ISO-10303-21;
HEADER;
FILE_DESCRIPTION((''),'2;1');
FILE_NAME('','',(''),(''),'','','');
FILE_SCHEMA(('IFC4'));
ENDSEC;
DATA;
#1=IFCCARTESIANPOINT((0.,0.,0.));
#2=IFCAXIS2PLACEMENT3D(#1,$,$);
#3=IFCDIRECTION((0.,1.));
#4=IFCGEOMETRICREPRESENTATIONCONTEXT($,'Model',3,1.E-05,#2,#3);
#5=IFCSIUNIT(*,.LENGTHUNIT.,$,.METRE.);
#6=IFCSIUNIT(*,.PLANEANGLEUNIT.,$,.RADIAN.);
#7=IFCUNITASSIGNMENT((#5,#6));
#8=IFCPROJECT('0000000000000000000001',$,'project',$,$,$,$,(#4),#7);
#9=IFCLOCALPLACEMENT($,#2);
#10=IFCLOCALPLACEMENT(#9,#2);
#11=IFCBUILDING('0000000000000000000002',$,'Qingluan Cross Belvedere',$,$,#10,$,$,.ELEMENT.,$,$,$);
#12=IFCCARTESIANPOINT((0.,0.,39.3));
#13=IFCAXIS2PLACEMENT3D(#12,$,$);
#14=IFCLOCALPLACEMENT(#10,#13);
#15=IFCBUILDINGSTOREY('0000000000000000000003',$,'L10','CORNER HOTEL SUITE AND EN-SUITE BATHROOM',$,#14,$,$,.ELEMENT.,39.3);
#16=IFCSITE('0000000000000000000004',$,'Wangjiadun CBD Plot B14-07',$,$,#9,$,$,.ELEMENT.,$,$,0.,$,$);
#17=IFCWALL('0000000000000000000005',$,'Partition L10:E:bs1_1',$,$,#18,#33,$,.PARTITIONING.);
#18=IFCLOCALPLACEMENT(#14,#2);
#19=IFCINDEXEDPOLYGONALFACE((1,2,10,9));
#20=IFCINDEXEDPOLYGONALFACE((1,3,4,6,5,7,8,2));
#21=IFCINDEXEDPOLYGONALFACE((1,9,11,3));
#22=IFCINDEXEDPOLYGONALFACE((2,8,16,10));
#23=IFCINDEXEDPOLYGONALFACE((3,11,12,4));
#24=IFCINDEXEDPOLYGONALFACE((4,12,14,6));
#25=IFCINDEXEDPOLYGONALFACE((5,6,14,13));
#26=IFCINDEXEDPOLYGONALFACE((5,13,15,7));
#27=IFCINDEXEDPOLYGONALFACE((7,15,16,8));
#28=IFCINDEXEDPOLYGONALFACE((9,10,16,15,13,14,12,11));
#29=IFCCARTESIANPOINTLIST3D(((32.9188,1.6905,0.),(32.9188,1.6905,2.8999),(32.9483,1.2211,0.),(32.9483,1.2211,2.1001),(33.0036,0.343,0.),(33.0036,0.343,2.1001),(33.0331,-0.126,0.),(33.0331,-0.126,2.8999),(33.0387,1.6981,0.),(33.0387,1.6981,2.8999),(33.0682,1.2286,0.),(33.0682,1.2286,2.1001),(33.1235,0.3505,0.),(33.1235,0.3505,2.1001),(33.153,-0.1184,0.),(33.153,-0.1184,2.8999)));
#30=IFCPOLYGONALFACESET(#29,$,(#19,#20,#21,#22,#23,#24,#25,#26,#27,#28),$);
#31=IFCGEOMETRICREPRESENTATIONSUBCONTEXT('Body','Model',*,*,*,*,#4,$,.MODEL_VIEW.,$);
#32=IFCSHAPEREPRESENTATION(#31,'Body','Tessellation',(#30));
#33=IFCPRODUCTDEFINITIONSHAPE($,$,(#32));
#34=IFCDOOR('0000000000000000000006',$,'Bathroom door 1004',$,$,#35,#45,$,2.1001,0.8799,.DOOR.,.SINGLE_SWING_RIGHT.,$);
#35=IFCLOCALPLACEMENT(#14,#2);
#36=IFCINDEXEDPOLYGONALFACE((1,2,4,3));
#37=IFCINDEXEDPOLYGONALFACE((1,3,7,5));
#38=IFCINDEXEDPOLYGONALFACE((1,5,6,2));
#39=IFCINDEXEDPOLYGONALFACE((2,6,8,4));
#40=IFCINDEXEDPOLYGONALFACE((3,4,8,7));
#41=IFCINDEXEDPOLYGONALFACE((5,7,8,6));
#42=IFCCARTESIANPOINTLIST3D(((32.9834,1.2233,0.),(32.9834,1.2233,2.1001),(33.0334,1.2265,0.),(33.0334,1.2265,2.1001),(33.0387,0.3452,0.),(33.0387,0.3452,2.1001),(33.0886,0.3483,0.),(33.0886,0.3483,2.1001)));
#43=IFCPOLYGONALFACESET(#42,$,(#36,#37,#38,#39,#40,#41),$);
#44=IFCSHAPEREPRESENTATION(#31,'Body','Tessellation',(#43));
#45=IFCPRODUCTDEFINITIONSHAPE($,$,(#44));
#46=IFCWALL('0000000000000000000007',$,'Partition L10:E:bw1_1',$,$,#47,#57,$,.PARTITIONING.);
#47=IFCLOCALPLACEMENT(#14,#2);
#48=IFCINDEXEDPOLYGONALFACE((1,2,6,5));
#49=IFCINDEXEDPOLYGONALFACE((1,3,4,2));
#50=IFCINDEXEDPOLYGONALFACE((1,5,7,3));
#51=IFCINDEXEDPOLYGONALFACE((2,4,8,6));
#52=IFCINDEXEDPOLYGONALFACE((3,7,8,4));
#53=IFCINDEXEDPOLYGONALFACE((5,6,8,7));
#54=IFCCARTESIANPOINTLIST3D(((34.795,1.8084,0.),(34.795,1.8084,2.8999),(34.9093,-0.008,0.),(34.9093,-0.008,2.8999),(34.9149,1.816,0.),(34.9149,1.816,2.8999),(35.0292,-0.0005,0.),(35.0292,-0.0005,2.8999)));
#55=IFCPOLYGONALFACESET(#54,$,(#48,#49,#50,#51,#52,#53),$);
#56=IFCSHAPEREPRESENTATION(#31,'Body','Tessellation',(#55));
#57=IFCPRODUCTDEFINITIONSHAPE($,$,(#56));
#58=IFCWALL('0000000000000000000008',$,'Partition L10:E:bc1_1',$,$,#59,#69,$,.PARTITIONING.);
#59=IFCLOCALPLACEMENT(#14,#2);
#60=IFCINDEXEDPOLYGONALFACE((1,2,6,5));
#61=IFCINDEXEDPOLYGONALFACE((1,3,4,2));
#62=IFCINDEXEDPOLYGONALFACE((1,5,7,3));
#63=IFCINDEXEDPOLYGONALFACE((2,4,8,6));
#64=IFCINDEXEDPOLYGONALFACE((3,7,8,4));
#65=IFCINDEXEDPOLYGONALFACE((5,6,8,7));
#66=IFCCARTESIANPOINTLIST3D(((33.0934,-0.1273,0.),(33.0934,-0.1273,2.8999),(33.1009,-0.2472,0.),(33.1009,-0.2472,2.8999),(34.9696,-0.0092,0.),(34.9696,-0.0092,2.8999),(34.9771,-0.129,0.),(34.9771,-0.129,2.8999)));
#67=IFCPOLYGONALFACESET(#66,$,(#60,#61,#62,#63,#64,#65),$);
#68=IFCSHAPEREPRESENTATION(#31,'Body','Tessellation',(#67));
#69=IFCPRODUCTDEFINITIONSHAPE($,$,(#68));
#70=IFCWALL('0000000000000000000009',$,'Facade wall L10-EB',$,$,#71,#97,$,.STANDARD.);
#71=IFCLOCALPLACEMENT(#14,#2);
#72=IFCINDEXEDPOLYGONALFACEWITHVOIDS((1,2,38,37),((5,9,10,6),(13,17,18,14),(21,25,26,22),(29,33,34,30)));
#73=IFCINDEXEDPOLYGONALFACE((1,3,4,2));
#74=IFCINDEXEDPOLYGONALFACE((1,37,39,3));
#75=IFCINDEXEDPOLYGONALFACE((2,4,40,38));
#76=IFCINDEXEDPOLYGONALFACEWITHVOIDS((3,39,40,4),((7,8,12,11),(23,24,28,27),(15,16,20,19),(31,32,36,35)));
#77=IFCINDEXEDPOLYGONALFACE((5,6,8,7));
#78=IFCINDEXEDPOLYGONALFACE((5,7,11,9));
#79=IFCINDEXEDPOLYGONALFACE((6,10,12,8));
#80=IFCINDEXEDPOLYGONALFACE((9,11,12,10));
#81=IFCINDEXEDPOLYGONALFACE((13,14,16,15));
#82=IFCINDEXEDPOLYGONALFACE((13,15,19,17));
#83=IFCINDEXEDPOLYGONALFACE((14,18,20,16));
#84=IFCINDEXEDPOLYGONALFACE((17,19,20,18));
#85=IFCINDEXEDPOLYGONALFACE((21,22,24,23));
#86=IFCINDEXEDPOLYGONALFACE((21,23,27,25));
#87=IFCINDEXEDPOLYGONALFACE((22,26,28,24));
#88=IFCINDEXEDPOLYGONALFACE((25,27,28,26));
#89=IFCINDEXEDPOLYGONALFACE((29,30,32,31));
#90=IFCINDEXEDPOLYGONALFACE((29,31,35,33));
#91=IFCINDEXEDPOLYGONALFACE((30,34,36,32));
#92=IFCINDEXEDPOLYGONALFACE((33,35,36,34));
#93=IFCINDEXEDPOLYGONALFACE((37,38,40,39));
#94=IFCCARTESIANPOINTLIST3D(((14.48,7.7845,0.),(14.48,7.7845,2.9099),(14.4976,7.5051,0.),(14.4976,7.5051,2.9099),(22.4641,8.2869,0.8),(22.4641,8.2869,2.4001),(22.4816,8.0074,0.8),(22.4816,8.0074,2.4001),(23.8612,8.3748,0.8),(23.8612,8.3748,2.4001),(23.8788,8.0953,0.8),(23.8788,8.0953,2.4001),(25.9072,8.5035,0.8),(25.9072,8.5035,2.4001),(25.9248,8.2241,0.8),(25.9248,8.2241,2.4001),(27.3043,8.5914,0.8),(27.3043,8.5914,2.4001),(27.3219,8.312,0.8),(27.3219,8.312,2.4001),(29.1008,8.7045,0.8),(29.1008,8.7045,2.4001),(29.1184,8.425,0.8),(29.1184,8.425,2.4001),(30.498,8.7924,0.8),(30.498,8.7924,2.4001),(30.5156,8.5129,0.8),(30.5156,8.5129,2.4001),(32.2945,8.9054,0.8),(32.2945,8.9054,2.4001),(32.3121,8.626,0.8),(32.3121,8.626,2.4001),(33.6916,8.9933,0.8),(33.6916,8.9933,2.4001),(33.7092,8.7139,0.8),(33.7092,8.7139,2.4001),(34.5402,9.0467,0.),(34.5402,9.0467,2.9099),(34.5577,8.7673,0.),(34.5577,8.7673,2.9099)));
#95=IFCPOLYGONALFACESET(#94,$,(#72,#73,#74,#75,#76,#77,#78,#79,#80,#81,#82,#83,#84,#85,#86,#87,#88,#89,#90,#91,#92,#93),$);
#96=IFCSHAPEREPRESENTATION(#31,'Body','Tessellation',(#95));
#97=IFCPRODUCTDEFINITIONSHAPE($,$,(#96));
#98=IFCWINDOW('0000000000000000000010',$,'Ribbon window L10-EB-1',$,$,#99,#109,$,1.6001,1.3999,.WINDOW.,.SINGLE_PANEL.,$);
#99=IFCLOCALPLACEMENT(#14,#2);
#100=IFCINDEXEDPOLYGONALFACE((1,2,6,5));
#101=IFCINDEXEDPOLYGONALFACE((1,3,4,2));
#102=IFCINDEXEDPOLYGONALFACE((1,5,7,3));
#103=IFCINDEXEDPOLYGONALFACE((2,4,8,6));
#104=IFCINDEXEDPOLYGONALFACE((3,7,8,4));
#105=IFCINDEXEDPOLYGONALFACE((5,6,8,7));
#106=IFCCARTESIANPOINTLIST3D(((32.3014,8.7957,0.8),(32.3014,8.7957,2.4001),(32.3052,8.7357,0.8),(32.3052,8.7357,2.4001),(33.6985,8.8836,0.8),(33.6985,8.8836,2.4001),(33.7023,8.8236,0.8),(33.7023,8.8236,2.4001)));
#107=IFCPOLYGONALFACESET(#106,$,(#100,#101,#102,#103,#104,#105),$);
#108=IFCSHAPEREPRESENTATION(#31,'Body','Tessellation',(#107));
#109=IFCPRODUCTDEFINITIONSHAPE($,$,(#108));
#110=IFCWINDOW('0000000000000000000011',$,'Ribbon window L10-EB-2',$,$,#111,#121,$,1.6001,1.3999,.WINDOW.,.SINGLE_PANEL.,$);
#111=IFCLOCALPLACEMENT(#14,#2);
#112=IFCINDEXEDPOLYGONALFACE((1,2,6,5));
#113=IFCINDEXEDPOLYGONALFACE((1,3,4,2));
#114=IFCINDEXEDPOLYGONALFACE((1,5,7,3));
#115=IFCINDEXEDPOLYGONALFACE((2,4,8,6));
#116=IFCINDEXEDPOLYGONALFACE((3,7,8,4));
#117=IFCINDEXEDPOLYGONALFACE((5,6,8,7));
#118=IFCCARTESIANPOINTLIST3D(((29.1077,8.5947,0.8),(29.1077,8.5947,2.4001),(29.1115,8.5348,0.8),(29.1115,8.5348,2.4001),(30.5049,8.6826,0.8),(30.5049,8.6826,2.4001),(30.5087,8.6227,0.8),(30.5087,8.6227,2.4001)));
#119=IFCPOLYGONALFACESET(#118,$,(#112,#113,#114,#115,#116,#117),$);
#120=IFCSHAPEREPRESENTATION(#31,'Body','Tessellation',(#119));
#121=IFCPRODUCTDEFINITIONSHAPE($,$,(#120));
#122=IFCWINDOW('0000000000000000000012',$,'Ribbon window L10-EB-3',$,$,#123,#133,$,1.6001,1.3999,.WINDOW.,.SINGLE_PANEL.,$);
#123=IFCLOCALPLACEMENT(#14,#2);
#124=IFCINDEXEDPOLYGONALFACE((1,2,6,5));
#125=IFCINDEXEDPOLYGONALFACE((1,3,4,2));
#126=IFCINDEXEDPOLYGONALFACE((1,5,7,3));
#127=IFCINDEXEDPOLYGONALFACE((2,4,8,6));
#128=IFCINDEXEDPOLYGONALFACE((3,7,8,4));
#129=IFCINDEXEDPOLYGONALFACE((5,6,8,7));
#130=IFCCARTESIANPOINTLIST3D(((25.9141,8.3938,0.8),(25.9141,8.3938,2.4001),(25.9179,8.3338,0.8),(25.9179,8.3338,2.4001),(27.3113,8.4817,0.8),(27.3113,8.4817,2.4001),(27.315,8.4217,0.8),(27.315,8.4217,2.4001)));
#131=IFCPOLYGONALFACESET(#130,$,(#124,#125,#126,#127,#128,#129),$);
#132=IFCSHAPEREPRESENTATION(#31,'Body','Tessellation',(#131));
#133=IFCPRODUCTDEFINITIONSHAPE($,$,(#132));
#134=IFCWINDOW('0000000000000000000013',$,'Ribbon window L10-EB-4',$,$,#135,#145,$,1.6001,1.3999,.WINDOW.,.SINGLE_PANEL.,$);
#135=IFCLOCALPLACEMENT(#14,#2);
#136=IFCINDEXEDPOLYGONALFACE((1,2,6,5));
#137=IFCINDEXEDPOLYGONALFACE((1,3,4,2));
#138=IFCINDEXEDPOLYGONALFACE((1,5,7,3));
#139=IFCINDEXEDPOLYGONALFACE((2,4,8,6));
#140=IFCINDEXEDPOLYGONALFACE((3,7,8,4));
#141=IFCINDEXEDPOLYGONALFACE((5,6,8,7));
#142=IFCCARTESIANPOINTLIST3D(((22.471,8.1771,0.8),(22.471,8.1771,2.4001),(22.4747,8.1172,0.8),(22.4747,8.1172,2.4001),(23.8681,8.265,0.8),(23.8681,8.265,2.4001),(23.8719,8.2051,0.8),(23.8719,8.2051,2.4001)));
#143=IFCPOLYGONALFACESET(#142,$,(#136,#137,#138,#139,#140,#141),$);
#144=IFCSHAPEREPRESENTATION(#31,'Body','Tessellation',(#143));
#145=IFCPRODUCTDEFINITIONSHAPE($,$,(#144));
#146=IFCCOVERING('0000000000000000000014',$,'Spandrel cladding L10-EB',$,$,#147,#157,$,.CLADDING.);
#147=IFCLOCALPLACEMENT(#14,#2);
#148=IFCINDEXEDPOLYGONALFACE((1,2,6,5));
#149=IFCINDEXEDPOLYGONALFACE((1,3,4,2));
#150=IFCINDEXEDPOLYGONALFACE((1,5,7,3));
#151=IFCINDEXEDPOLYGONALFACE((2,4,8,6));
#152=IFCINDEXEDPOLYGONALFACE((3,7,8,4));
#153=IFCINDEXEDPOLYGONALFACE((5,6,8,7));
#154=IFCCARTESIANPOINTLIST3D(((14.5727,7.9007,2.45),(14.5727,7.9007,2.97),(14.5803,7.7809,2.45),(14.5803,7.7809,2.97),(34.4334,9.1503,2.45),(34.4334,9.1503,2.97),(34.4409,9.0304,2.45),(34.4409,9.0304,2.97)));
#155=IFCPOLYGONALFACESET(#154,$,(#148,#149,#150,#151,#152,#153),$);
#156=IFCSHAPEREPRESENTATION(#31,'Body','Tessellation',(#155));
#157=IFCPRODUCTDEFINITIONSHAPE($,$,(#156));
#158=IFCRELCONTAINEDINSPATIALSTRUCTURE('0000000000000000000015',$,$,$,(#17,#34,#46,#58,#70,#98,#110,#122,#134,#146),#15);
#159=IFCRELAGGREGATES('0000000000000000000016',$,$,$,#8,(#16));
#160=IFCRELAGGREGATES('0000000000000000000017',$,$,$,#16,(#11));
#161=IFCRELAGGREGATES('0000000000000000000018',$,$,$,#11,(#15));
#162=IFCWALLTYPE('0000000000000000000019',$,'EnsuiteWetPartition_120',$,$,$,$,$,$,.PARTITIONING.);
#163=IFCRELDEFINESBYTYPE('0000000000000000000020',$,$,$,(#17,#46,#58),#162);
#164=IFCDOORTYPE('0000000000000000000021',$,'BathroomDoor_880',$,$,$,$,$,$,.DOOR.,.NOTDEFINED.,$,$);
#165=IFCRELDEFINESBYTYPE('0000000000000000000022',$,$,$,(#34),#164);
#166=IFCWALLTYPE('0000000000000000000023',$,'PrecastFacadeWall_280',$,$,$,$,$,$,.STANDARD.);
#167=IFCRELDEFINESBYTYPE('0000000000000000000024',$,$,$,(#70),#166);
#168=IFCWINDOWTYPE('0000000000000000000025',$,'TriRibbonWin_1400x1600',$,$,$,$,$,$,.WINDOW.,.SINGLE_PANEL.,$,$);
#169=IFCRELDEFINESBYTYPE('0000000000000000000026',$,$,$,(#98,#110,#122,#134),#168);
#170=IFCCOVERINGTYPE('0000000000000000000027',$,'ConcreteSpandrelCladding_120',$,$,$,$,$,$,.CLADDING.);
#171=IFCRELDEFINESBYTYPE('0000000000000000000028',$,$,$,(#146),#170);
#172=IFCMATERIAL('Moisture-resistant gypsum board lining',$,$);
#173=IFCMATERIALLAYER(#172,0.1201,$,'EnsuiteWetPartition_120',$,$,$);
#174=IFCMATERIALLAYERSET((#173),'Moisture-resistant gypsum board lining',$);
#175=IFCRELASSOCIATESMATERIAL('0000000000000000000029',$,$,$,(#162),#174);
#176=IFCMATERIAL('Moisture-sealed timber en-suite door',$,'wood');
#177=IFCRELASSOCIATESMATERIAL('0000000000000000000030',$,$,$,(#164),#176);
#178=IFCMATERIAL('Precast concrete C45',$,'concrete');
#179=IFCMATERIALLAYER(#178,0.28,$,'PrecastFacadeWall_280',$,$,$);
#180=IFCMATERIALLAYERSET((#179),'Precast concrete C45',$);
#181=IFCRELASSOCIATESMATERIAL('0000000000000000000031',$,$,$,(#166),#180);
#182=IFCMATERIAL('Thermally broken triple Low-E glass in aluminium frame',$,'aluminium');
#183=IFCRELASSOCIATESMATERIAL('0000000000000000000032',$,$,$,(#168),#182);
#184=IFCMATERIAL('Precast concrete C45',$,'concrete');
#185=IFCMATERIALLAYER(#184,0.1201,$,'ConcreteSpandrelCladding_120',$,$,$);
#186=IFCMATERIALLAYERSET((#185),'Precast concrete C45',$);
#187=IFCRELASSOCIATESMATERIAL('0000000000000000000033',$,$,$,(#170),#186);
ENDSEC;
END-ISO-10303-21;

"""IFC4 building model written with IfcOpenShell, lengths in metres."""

from ifc_helpers import new_model, si_unit, direction, frame, frame_2d, origin, origin_2d, place, context, subcontext, project, spatial, rectangle, extrude, material, layer, layer_set, type_object, element, fill, save


model = new_model("IFC4")

# Units and contexts
model_context = context("Model", 3, precision=1e-05, world=origin(), true_north=direction((0.0, 1.0)))
body_context = subcontext(model_context, "Body", "Model", "MODEL_VIEW")
ifc_project = project(units=[si_unit("LENGTHUNIT", "METRE"), si_unit("PLANEANGLEUNIT", "RADIAN")], contexts=[model_context])

# Site, building, storey
site_placement = place(None, origin())
site = spatial("IfcSite", under=ifc_project, at=site_placement, Name="Wangjiadun CBD Plot B14-07", CompositionType="ELEMENT", RefElevation=0.0)
building_placement = place(site_placement, origin())
building = spatial("IfcBuilding", under=site, at=building_placement, Name="Qingluan Cross Belvedere", CompositionType="ELEMENT")
storey_placement = place(building_placement, frame((0.0, 0.0, 39.3)))
storey = spatial("IfcBuildingStorey", under=building, at=storey_placement, Name="L10", Description="CORNER HOTEL SUITE AND EN-SUITE BATHROOM", CompositionType="ELEMENT", Elevation=39.3)

# Shared definitions
ifc_material_1 = material(Name="Moisture-resistant gypsum board lining")
ifc_layer_1 = layer(ifc_material_1, 0.1201, Name="EnsuiteWetPartition_120")
ifc_layer_set_1 = layer_set([ifc_layer_1], Name="Moisture-resistant gypsum board lining")
wall_type_1 = type_object("IfcWallType", Name="EnsuiteWetPartition_120", PredefinedType="PARTITIONING", material=ifc_layer_set_1)
ifc_material_2 = material(Name="Moisture-sealed timber en-suite door", Category="wood")
door_type = type_object("IfcDoorType", Name="BathroomDoor_880", OperationType="NOTDEFINED", PredefinedType="DOOR", material=ifc_material_2)

# Wall, opening, door
wall_1_placement = place(storey_placement, frame((33.093, -0.1223, 0.0), z_axis=(0.0, 0.0, 1.0), x_axis=(-0.062779, 0.998027, 0.0)))
wall_1 = element("IfcWall", 1, at=wall_1_placement, inside=storey, type_object=wall_type_1, Name="Partition L10:E:bs1_1", PredefinedType="PARTITIONING", context=body_context, shape_type="SweptSolid", body=[
    extrude(rectangle(XDim=1.8201, YDim=0.1201, at=frame_2d((0.9102, 0.0))), origin(), (0.0, 0.0, 1.0), 2.8999),
])
opening_1_placement = place(wall_1_placement, frame((0.47, 0.0, 0.0)))
opening_1 = element("IfcOpeningElement", 2, at=opening_1_placement, cuts=wall_1, PredefinedType="OPENING", context=body_context, shape_type="SweptSolid", body=[
    extrude(rectangle(XDim=0.8799, YDim=2.1001, at=frame_2d((0.4399, 1.05))), frame((0.0, 0.0701, 0.0), z_axis=(0.0, -1.0, 0.0), x_axis=(1.0, 0.0, 0.0)), (0.0, 0.0, 1.0), 0.1401),
])
door_1_placement = place(opening_1_placement, origin())
door_1 = element("IfcDoor", 3, at=door_1_placement, inside=storey, type_object=door_type, Name="Bathroom door 1004", OperationType="SINGLE_SWING_RIGHT", OverallHeight=2.1001, OverallWidth=0.8799, PredefinedType="DOOR", context=body_context, shape_type="SweptSolid", body=[
    extrude(rectangle(XDim=0.8799, YDim=2.1001, at=frame_2d((0.4399, 1.05))), frame((0.0, 0.0249, 0.0), z_axis=(0.0, -1.0, 0.0), x_axis=(1.0, 0.0, 0.0)), (0.0, 0.0, 1.0), 0.05),
])
fill(opening_1, door_1)

# Walls
wall_2_placement = place(storey_placement, frame((34.9692, -0.0044, 0.0), z_axis=(0.0, 0.0, 1.0), x_axis=(-0.062779, 0.998027, 0.0)))
element("IfcWall", 4, at=wall_2_placement, inside=storey, type_object=wall_type_1, Name="Partition L10:E:bw1_1", PredefinedType="PARTITIONING", context=body_context, shape_type="SweptSolid", body=[
    extrude(rectangle(XDim=1.8201, YDim=0.1201, at=frame_2d((0.9102, 0.0))), origin(), (0.0, 0.0, 1.0), 2.8999),
])
wall_3_placement = place(storey_placement, frame((33.0972, -0.1873, 0.0), z_axis=(0.0, 0.0, 1.0), x_axis=(0.998023, 0.062855, 0.0)))
element("IfcWall", 5, at=wall_3_placement, inside=storey, type_object=wall_type_1, Name="Partition L10:E:bc1_1", PredefinedType="PARTITIONING", context=body_context, shape_type="SweptSolid", body=[
    extrude(rectangle(XDim=1.8799, YDim=0.1201, at=frame_2d((0.9399, 0.0))), origin(), (0.0, 0.0, 1.0), 2.8999),
])

# Wall, openings, windows
ifc_material_3 = material(Name="Precast concrete C45", Category="concrete")
ifc_layer_2 = layer(ifc_material_3, 0.28, Name="PrecastFacadeWall_280")
ifc_layer_set_2 = layer_set([ifc_layer_2], Name="Precast concrete C45")
wall_type_2 = type_object("IfcWallType", Name="PrecastFacadeWall_280", PredefinedType="STANDARD", material=ifc_layer_set_2)
wall_4_placement = place(storey_placement, frame((34.5488, 8.907, 0.0), z_axis=(0.0, 0.0, 1.0), x_axis=(-0.998026, -0.062796, 0.0)))
wall_4 = element("IfcWall", 6, at=wall_4_placement, inside=storey, type_object=wall_type_2, Name="Facade wall L10-EB", PredefinedType="STANDARD", context=body_context, shape_type="SweptSolid", body=[
    extrude(rectangle(XDim=20.0999, YDim=0.28, at=frame_2d((10.0498, 0.0))), origin(), (0.0, 0.0, 1.0), 2.9099),
])
opening_2_placement = place(wall_4_placement, frame((0.8501, 0.0, 0.8)))
opening_2 = element("IfcOpeningElement", 7, at=opening_2_placement, cuts=wall_4, PredefinedType="OPENING", context=body_context, shape_type="SweptSolid", body=[
    extrude(rectangle(XDim=1.3999, YDim=1.6001, at=frame_2d((0.7, 0.8))), frame((0.0, 0.1499, 0.0), z_axis=(0.0, -1.0, 0.0), x_axis=(1.0, 0.0, 0.0)), (0.0, 0.0, 1.0), 0.3),
])
opening_3_placement = place(wall_4_placement, frame((4.05, 0.0, 0.8)))
opening_3 = element("IfcOpeningElement", 8, at=opening_3_placement, cuts=wall_4, PredefinedType="OPENING", context=body_context, shape_type="SweptSolid", body=[
    extrude(rectangle(XDim=1.3999, YDim=1.6001, at=frame_2d((0.7, 0.8))), frame((0.0, 0.1499, 0.0), z_axis=(0.0, -1.0, 0.0), x_axis=(1.0, 0.0, 0.0)), (0.0, 0.0, 1.0), 0.3),
])
opening_4_placement = place(wall_4_placement, frame((7.25, 0.0, 0.8)))
opening_4 = element("IfcOpeningElement", 9, at=opening_4_placement, cuts=wall_4, PredefinedType="OPENING", context=body_context, shape_type="SweptSolid", body=[
    extrude(rectangle(XDim=1.3999, YDim=1.6001, at=frame_2d((0.7, 0.8))), frame((0.0, 0.1499, 0.0), z_axis=(0.0, -1.0, 0.0), x_axis=(1.0, 0.0, 0.0)), (0.0, 0.0, 1.0), 0.3),
])
opening_5_placement = place(wall_4_placement, frame((10.7, 0.0, 0.8)))
opening_5 = element("IfcOpeningElement", 10, at=opening_5_placement, cuts=wall_4, PredefinedType="OPENING", context=body_context, shape_type="SweptSolid", body=[
    extrude(rectangle(XDim=1.3999, YDim=1.6001, at=frame_2d((0.7, 0.8))), frame((0.0, 0.1499, 0.0), z_axis=(0.0, -1.0, 0.0), x_axis=(1.0, 0.0, 0.0)), (0.0, 0.0, 1.0), 0.3),
])
ifc_material_4 = material(Name="Thermally broken triple Low-E glass in aluminium frame", Category="aluminium")
window_type = type_object("IfcWindowType", Name="TriRibbonWin_1400x1600", PartitioningType="SINGLE_PANEL", PredefinedType="WINDOW", material=ifc_material_4)
window_1_placement = place(opening_2_placement, origin())
window_1 = element("IfcWindow", 11, at=window_1_placement, inside=storey, type_object=window_type, Name="Ribbon window L10-EB-1", OverallHeight=1.6001, OverallWidth=1.3999, PartitioningType="SINGLE_PANEL", PredefinedType="WINDOW", context=body_context, shape_type="SweptSolid", body=[
    extrude(rectangle(XDim=1.3999, YDim=1.6001, at=frame_2d((0.7, 0.8))), frame((0.0, 0.03, 0.0), z_axis=(0.0, -1.0, 0.0), x_axis=(1.0, 0.0, 0.0)), (0.0, 0.0, 1.0), 0.0601),
])
fill(opening_2, window_1)
window_2_placement = place(opening_3_placement, origin())
window_2 = element("IfcWindow", 12, at=window_2_placement, inside=storey, type_object=window_type, Name="Ribbon window L10-EB-2", OverallHeight=1.6001, OverallWidth=1.3999, PartitioningType="SINGLE_PANEL", PredefinedType="WINDOW", context=body_context, shape_type="SweptSolid", body=[
    extrude(rectangle(XDim=1.3999, YDim=1.6001, at=frame_2d((0.7, 0.8))), frame((0.0, 0.03, 0.0), z_axis=(0.0, -1.0, 0.0), x_axis=(1.0, 0.0, 0.0)), (0.0, 0.0, 1.0), 0.0601),
])
fill(opening_3, window_2)
window_3_placement = place(opening_4_placement, origin())
window_3 = element("IfcWindow", 13, at=window_3_placement, inside=storey, type_object=window_type, Name="Ribbon window L10-EB-3", OverallHeight=1.6001, OverallWidth=1.3999, PartitioningType="SINGLE_PANEL", PredefinedType="WINDOW", context=body_context, shape_type="SweptSolid", body=[
    extrude(rectangle(XDim=1.3999, YDim=1.6001, at=frame_2d((0.7, 0.8))), frame((0.0, 0.03, 0.0), z_axis=(0.0, -1.0, 0.0), x_axis=(1.0, 0.0, 0.0)), (0.0, 0.0, 1.0), 0.0601),
])
fill(opening_4, window_3)
window_4_placement = place(opening_5_placement, origin())
window_4 = element("IfcWindow", 14, at=window_4_placement, inside=storey, type_object=window_type, Name="Ribbon window L10-EB-4", OverallHeight=1.6001, OverallWidth=1.3999, PartitioningType="SINGLE_PANEL", PredefinedType="WINDOW", context=body_context, shape_type="SweptSolid", body=[
    extrude(rectangle(XDim=1.3999, YDim=1.6001, at=frame_2d((0.7, 0.8))), frame((0.0, 0.03, 0.0), z_axis=(0.0, -1.0, 0.0), x_axis=(1.0, 0.0, 0.0)), (0.0, 0.0, 1.0), 0.0601),
])
fill(opening_5, window_4)

# Covering
ifc_material_5 = material(Name="Precast concrete C45", Category="concrete")
ifc_layer_3 = layer(ifc_material_5, 0.1201, Name="ConcreteSpandrelCladding_120")
ifc_layer_set_3 = layer_set([ifc_layer_3], Name="Precast concrete C45")
covering_type = type_object("IfcCoveringType", Name="ConcreteSpandrelCladding_120", PredefinedType="CLADDING", material=ifc_layer_set_3)
covering_placement = place(storey_placement, frame((24.5068, 8.4656, 2.45), z_axis=(0.0, 0.0, 1.0), x_axis=(-0.998027, -0.062791, 0.0)))
element("IfcCovering", 15, at=covering_placement, inside=storey, type_object=covering_type, Name="Spandrel cladding L10-EB", PredefinedType="CLADDING", context=body_context, shape_type="SweptSolid", body=[
    extrude(rectangle(XDim=19.8999, YDim=0.1201, at=origin_2d()), origin(), (0.0, 0.0, 1.0), 0.52),
])

save(model, "model.ifc")
